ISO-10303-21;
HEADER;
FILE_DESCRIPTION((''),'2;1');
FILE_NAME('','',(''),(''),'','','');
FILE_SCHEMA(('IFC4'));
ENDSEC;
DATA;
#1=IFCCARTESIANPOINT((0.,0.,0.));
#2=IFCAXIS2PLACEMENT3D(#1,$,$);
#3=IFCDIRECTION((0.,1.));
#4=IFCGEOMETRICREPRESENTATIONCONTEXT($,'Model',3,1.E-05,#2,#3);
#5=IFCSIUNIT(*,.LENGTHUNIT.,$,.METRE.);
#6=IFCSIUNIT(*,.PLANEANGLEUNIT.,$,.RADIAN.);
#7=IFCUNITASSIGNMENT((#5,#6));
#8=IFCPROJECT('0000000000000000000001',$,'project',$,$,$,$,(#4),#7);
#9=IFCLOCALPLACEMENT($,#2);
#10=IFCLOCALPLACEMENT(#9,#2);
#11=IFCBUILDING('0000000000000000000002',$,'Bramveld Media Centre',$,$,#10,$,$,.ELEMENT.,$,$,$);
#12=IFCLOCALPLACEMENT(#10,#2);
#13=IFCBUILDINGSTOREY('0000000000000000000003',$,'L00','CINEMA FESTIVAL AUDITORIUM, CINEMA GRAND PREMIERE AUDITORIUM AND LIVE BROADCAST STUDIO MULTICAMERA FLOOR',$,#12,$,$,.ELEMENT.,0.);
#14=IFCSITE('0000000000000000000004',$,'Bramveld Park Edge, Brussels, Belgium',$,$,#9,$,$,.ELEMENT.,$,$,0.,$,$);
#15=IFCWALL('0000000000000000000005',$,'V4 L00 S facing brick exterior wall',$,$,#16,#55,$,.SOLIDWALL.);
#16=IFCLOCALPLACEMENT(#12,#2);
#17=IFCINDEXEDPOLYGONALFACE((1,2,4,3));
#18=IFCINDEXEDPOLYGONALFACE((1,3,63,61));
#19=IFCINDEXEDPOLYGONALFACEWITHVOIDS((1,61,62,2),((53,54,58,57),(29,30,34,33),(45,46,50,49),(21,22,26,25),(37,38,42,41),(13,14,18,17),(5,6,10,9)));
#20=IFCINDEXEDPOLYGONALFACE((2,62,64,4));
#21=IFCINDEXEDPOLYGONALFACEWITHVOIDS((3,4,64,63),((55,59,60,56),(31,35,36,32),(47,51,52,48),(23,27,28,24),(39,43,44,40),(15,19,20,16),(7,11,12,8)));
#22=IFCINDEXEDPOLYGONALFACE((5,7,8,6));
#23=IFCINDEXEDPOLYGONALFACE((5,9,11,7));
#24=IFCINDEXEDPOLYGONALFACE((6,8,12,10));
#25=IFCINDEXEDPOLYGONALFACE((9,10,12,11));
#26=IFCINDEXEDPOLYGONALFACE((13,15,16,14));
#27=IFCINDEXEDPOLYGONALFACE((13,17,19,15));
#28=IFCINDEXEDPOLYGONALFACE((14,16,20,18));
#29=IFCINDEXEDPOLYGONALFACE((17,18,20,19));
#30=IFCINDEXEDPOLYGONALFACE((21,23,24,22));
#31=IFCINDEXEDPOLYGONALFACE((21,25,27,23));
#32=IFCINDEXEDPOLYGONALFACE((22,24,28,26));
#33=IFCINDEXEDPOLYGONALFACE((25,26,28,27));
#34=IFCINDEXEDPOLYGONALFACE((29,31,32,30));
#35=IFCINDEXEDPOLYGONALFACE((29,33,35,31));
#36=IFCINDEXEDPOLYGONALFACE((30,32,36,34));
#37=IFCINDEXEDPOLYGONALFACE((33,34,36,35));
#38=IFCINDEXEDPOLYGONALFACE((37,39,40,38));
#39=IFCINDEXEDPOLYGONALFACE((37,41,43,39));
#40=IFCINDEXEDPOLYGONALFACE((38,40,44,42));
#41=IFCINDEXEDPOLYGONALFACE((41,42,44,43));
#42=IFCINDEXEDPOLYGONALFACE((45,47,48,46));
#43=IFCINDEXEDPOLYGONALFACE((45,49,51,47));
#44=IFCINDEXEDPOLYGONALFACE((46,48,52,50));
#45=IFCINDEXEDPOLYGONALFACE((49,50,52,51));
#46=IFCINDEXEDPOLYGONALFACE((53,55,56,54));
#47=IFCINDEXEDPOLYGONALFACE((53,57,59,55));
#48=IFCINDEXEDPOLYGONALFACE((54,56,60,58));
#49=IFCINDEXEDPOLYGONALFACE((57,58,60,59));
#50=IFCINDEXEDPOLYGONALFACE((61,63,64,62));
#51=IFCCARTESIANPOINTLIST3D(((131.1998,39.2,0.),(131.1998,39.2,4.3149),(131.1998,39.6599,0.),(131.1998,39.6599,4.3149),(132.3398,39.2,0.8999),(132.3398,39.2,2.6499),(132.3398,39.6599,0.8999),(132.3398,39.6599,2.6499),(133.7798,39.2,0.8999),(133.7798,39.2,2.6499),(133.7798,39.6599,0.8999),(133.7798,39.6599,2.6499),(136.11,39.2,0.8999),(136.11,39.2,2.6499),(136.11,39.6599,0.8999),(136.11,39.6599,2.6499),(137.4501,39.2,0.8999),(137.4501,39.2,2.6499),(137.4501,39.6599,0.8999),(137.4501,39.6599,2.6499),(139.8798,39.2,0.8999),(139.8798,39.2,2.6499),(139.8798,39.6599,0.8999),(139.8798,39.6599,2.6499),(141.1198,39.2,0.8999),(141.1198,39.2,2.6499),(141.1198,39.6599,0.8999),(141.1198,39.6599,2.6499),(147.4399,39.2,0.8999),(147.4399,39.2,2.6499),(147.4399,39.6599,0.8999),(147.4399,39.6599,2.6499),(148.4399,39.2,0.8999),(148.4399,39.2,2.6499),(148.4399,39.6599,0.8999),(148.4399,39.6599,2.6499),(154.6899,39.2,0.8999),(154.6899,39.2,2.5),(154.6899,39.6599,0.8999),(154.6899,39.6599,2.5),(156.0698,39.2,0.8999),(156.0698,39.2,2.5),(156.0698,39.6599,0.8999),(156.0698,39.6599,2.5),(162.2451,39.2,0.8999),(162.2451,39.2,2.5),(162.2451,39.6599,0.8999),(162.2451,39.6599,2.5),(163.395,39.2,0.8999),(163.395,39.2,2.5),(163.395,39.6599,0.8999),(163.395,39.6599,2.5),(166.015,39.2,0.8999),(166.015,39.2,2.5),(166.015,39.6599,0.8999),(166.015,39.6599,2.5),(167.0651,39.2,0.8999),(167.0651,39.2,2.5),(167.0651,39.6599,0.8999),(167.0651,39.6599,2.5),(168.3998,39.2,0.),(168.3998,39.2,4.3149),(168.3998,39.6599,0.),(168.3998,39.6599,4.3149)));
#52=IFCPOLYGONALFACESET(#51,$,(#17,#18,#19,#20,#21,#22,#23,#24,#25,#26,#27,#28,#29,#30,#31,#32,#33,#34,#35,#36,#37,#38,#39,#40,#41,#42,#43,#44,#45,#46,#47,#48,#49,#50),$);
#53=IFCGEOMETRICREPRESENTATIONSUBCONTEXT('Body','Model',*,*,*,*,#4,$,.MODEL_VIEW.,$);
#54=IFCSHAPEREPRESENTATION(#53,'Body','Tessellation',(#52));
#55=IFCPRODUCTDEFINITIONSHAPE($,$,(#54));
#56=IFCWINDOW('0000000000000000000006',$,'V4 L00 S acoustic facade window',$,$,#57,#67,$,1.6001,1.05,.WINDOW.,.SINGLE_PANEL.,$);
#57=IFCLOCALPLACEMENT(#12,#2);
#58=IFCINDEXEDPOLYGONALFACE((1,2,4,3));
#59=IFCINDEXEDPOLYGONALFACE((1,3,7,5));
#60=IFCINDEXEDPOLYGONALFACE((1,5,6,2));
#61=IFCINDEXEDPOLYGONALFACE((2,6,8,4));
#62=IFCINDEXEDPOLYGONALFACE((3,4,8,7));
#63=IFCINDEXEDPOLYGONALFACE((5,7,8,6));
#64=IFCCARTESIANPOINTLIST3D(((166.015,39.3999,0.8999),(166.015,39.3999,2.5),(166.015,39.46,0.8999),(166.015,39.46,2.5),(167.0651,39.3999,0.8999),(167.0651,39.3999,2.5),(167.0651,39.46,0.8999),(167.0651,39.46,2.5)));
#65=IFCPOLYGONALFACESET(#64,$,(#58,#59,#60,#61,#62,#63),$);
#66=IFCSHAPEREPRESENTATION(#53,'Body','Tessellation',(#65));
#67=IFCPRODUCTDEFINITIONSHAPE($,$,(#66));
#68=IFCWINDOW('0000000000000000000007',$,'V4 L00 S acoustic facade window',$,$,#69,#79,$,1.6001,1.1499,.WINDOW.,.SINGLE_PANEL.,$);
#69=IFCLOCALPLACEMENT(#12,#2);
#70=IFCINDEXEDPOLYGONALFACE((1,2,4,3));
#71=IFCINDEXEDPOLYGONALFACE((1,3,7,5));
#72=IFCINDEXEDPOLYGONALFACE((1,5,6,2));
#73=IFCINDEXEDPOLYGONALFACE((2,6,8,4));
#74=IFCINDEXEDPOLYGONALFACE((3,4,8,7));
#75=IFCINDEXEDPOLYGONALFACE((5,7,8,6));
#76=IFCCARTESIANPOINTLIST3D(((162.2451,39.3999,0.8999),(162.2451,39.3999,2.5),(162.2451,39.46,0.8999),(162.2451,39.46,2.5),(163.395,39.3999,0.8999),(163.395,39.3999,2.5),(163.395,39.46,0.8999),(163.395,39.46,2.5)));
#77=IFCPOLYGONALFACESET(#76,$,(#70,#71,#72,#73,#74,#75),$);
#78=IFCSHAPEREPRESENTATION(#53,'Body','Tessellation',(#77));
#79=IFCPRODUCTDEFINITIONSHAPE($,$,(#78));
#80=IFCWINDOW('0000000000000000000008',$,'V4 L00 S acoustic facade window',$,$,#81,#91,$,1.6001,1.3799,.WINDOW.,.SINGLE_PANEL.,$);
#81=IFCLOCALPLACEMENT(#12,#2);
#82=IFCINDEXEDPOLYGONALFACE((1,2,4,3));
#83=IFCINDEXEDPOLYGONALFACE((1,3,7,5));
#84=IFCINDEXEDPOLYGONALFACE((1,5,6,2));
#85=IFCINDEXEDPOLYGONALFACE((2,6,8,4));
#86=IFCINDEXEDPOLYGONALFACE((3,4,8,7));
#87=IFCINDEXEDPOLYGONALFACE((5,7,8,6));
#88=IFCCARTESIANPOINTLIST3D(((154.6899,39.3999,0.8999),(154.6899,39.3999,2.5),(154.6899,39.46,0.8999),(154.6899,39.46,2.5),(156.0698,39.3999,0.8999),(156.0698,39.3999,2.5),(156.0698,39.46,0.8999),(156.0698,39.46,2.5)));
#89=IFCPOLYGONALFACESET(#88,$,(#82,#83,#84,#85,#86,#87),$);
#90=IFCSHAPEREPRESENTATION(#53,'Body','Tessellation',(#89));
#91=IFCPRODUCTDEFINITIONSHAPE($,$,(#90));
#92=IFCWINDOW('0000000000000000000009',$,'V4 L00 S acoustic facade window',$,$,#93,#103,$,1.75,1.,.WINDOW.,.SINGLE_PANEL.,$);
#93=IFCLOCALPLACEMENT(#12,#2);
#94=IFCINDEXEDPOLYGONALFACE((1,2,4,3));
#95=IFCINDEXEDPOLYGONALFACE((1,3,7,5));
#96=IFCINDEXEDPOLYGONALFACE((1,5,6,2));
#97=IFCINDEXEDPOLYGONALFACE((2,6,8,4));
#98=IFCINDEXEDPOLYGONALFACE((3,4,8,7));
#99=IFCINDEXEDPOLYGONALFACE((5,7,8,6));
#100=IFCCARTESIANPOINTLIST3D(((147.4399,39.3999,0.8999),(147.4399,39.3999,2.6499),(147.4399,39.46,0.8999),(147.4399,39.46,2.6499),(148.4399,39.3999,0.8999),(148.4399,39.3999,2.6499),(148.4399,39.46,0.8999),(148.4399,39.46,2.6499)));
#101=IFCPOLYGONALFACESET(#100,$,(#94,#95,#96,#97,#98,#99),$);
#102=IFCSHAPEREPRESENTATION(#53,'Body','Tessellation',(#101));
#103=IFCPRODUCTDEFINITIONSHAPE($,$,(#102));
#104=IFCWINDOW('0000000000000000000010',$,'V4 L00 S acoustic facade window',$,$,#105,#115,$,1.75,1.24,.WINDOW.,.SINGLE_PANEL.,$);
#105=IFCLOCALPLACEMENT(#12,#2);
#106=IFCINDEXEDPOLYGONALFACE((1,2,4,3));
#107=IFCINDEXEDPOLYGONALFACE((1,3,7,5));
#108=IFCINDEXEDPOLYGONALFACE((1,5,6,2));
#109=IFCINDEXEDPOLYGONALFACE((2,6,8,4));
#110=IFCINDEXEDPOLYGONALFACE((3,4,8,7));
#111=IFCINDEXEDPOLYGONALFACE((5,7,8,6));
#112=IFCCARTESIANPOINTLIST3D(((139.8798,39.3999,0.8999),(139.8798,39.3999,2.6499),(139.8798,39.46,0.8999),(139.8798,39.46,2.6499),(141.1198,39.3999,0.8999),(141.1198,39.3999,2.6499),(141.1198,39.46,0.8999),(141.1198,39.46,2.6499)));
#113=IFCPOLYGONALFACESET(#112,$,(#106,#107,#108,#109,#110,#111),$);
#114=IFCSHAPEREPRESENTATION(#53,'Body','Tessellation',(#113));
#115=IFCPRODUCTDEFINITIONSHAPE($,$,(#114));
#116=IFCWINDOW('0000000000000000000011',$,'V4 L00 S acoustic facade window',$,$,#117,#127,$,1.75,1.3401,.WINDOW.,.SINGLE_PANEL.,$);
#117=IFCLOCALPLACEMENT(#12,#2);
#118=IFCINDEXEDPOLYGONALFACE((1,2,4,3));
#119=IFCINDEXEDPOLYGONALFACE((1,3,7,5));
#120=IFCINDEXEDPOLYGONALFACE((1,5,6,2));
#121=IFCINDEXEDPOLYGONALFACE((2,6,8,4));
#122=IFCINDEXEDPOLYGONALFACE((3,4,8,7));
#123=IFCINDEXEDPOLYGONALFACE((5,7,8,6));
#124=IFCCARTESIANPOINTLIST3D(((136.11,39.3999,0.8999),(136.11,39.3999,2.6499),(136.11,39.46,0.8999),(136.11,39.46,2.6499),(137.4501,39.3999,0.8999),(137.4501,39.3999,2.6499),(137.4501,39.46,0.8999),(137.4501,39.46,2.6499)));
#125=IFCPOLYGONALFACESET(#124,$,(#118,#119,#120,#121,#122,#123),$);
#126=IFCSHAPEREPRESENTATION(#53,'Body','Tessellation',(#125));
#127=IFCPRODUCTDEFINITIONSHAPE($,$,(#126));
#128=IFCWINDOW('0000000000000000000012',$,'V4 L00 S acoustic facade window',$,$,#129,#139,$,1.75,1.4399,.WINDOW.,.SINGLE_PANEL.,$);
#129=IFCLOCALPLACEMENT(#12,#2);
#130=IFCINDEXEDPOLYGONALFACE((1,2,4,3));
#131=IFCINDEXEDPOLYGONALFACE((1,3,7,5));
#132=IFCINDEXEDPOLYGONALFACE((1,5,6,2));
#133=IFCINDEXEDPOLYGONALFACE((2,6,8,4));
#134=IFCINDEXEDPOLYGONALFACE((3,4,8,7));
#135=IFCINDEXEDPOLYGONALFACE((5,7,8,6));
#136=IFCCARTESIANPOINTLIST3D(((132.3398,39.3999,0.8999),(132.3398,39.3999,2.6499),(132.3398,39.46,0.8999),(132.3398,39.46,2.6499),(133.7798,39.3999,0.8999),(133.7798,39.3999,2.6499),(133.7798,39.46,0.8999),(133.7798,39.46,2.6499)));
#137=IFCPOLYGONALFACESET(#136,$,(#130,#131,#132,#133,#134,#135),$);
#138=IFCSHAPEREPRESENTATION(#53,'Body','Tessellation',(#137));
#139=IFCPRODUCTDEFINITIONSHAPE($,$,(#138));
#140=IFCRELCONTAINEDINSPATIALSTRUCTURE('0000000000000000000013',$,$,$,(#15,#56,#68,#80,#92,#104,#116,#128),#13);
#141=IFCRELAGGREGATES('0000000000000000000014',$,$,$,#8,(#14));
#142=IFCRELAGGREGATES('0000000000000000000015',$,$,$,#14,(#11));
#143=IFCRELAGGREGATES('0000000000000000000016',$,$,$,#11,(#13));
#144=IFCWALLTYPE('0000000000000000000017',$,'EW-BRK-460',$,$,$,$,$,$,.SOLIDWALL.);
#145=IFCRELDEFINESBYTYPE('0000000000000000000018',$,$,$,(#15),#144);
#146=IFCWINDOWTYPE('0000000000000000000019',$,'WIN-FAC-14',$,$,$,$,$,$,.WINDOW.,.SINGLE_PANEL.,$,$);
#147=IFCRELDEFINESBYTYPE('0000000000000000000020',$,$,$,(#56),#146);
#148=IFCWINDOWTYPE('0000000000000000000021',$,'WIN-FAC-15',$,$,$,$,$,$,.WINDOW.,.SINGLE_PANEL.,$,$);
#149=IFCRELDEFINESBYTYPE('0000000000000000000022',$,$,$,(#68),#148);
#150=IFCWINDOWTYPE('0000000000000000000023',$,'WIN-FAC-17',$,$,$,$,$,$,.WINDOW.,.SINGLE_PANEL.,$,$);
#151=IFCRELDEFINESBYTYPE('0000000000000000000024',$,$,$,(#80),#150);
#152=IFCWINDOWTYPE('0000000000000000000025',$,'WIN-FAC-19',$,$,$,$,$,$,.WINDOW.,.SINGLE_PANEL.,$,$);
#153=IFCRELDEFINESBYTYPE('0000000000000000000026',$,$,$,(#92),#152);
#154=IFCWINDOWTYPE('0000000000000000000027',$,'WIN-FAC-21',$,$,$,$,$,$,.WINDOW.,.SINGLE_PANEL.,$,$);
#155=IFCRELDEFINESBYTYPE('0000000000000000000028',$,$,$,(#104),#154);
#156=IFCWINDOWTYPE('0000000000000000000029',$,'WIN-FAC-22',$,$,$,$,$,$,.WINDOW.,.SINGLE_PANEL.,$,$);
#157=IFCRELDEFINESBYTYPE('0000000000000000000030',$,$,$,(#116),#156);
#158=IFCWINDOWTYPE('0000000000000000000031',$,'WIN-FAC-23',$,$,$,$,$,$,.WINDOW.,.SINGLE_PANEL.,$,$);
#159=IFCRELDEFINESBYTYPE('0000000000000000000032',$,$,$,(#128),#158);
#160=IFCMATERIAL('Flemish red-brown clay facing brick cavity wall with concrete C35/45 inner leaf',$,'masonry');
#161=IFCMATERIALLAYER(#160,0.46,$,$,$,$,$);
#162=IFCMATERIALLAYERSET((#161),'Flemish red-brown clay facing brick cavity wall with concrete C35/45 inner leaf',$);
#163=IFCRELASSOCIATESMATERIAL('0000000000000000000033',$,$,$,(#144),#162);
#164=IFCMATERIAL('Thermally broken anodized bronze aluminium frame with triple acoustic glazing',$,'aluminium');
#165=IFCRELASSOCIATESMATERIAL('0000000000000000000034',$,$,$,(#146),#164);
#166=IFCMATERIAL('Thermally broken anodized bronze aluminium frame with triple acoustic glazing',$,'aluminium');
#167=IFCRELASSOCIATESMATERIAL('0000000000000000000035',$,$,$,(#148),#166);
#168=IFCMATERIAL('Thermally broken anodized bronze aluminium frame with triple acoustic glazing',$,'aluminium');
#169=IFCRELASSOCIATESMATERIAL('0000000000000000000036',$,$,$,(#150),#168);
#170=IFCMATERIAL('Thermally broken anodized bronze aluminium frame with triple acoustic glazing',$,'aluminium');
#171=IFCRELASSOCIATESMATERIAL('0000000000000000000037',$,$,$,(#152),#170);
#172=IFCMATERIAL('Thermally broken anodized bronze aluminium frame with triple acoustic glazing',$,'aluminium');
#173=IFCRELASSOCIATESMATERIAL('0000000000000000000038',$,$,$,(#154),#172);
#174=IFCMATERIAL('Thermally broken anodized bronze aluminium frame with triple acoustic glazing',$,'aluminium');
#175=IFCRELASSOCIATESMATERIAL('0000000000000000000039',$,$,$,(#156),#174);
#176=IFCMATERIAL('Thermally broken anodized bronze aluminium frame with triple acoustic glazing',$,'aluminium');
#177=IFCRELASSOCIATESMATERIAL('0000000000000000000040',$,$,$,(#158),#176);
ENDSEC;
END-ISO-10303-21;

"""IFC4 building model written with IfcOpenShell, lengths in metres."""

from ifc_helpers import new_model, si_unit, direction, frame, frame_2d, origin, place, context, subcontext, project, spatial, rectangle, extrude, material, layer, layer_set, type_object, element, fill, save


model = new_model("IFC4")

# Units and contexts
model_context = context("Model", 3, precision=1e-05, world=origin(), true_north=direction((0.0, 1.0)))
body_context = subcontext(model_context, "Body", "Model", "MODEL_VIEW")
ifc_project = project(units=[si_unit("LENGTHUNIT", "METRE"), si_unit("PLANEANGLEUNIT", "RADIAN")], contexts=[model_context])

# Site, building, storey
site_placement = place(None, origin())
site = spatial("IfcSite", under=ifc_project, at=site_placement, Name="Bramveld Park Edge, Brussels, Belgium", CompositionType="ELEMENT", RefElevation=0.0)
building_placement = place(site_placement, origin())
building = spatial("IfcBuilding", under=site, at=building_placement, Name="Bramveld Media Centre", CompositionType="ELEMENT")
storey_placement = place(building_placement, origin())
storey = spatial("IfcBuildingStorey", under=building, at=storey_placement, Name="L00", Description="CINEMA FESTIVAL AUDITORIUM, CINEMA GRAND PREMIERE AUDITORIUM AND LIVE BROADCAST STUDIO MULTICAMERA FLOOR", CompositionType="ELEMENT", Elevation=0.0)

# Wall, openings, windows
ifc_material_1 = material(Name="Flemish red-brown clay facing brick cavity wall with concrete C35/45 inner leaf", Category="masonry")
ifc_layer = layer(ifc_material_1, 0.46)
ifc_layer_set = layer_set([ifc_layer], Name="Flemish red-brown clay facing brick cavity wall with concrete C35/45 inner leaf")
wall_type = type_object("IfcWallType", Name="EW-BRK-460", PredefinedType="SOLIDWALL", material=ifc_layer_set)
wall_placement = place(storey_placement, frame((168.3999, 39.4299, 0.0), z_axis=(0.0, 0.0, 1.0), x_axis=(-1.0, 0.0, 0.0)))
wall = element("IfcWall", 1, at=wall_placement, inside=storey, type_object=wall_type, Name="V4 L00 S facing brick exterior wall", PredefinedType="SOLIDWALL", context=body_context, shape_type="SweptSolid", body=[
    extrude(rectangle(XDim=37.2, YDim=0.46, at=frame_2d((18.6001, 0.0))), origin(), (0.0, 0.0, 1.0), 4.3149),
])
opening_1_placement = place(wall_placement, frame((1.335, 0.0, 0.8999)))
opening_1 = element("IfcOpeningElement", 2, at=opening_1_placement, cuts=wall, PredefinedType="OPENING", context=body_context, shape_type="SweptSolid", body=[
    extrude(rectangle(XDim=1.05, YDim=1.6001, at=frame_2d((0.5249, 0.8))), frame((0.0, 0.2419, 0.0), z_axis=(0.0, -1.0, 0.0), x_axis=(1.0, 0.0, 0.0)), (0.0, 0.0, 1.0), 0.4839),
])
opening_2_placement = place(wall_placement, frame((5.0049, 0.0, 0.8999)))
opening_2 = element("IfcOpeningElement", 3, at=opening_2_placement, cuts=wall, PredefinedType="OPENING", context=body_context, shape_type="SweptSolid", body=[
    extrude(rectangle(XDim=1.1499, YDim=1.6001, at=frame_2d((0.575, 0.8))), frame((0.0, 0.2419, 0.0), z_axis=(0.0, -1.0, 0.0), x_axis=(1.0, 0.0, 0.0)), (0.0, 0.0, 1.0), 0.4839),
])
opening_3_placement = place(wall_placement, frame((12.3301, 0.0, 0.8999)))
opening_3 = element("IfcOpeningElement", 4, at=opening_3_placement, cuts=wall, PredefinedType="OPENING", context=body_context, shape_type="SweptSolid", body=[
    extrude(rectangle(XDim=1.3799, YDim=1.6001, at=frame_2d((0.6899, 0.8))), frame((0.0, 0.2419, 0.0), z_axis=(0.0, -1.0, 0.0), x_axis=(1.0, 0.0, 0.0)), (0.0, 0.0, 1.0), 0.4839),
])
opening_4_placement = place(wall_placement, frame((19.96, 0.0, 0.8999)))
opening_4 = element("IfcOpeningElement", 5, at=opening_4_placement, cuts=wall, PredefinedType="OPENING", context=body_context, shape_type="SweptSolid", body=[
    extrude(rectangle(XDim=1.0, YDim=1.75, at=frame_2d((0.5, 0.875))), frame((0.0, 0.2419, 0.0), z_axis=(0.0, -1.0, 0.0), x_axis=(1.0, 0.0, 0.0)), (0.0, 0.0, 1.0), 0.4839),
])
opening_5_placement = place(wall_placement, frame((27.28, 0.0, 0.8999)))
opening_5 = element("IfcOpeningElement", 6, at=opening_5_placement, cuts=wall, PredefinedType="OPENING", context=body_context, shape_type="SweptSolid", body=[
    extrude(rectangle(XDim=1.24, YDim=1.75, at=frame_2d((0.6201, 0.875))), frame((0.0, 0.2419, 0.0), z_axis=(0.0, -1.0, 0.0), x_axis=(1.0, 0.0, 0.0)), (0.0, 0.0, 1.0), 0.4839),
])
opening_6_placement = place(wall_placement, frame((30.95, 0.0, 0.8999)))
opening_6 = element("IfcOpeningElement", 7, at=opening_6_placement, cuts=wall, PredefinedType="OPENING", context=body_context, shape_type="SweptSolid", body=[
    extrude(rectangle(XDim=1.3401, YDim=1.75, at=frame_2d((0.6699, 0.875))), frame((0.0, 0.2419, 0.0), z_axis=(0.0, -1.0, 0.0), x_axis=(1.0, 0.0, 0.0)), (0.0, 0.0, 1.0), 0.4839),
])
opening_7_placement = place(wall_placement, frame((34.6201, 0.0, 0.8999)))
opening_7 = element("IfcOpeningElement", 8, at=opening_7_placement, cuts=wall, PredefinedType="OPENING", context=body_context, shape_type="SweptSolid", body=[
    extrude(rectangle(XDim=1.4399, YDim=1.75, at=frame_2d((0.72, 0.875))), frame((0.0, 0.2419, 0.0), z_axis=(0.0, -1.0, 0.0), x_axis=(1.0, 0.0, 0.0)), (0.0, 0.0, 1.0), 0.4839),
])
ifc_material_2 = material(Name="Thermally broken anodized bronze aluminium frame with triple acoustic glazing", Category="aluminium")
window_type_1 = type_object("IfcWindowType", Name="WIN-FAC-14", PartitioningType="SINGLE_PANEL", PredefinedType="WINDOW", material=ifc_material_2)
window_1_placement = place(opening_1_placement, origin())
window_1 = element("IfcWindow", 9, at=window_1_placement, inside=storey, type_object=window_type_1, Name="V4 L00 S acoustic facade window", OverallHeight=1.6001, OverallWidth=1.05, PartitioningType="SINGLE_PANEL", PredefinedType="WINDOW", context=body_context, shape_type="SweptSolid", body=[
    extrude(rectangle(XDim=1.05, YDim=1.6001, at=frame_2d((0.5249, 0.8))), frame((0.0, 0.03, 0.0), z_axis=(0.0, -1.0, 0.0), x_axis=(1.0, 0.0, 0.0)), (0.0, 0.0, 1.0), 0.0601),
])
fill(opening_1, window_1)
ifc_material_3 = material(Name="Thermally broken anodized bronze aluminium frame with triple acoustic glazing", Category="aluminium")
window_type_2 = type_object("IfcWindowType", Name="WIN-FAC-15", PartitioningType="SINGLE_PANEL", PredefinedType="WINDOW", material=ifc_material_3)
window_2_placement = place(opening_2_placement, origin())
window_2 = element("IfcWindow", 10, at=window_2_placement, inside=storey, type_object=window_type_2, Name="V4 L00 S acoustic facade window", OverallHeight=1.6001, OverallWidth=1.1499, PartitioningType="SINGLE_PANEL", PredefinedType="WINDOW", context=body_context, shape_type="SweptSolid", body=[
    extrude(rectangle(XDim=1.1499, YDim=1.6001, at=frame_2d((0.575, 0.8))), frame((0.0, 0.03, 0.0), z_axis=(0.0, -1.0, 0.0), x_axis=(1.0, 0.0, 0.0)), (0.0, 0.0, 1.0), 0.0601),
])
fill(opening_2, window_2)
ifc_material_4 = material(Name="Thermally broken anodized bronze aluminium frame with triple acoustic glazing", Category="aluminium")
window_type_3 = type_object("IfcWindowType", Name="WIN-FAC-17", PartitioningType="SINGLE_PANEL", PredefinedType="WINDOW", material=ifc_material_4)
window_3_placement = place(opening_3_placement, origin())
window_3 = element("IfcWindow", 11, at=window_3_placement, inside=storey, type_object=window_type_3, Name="V4 L00 S acoustic facade window", OverallHeight=1.6001, OverallWidth=1.3799, PartitioningType="SINGLE_PANEL", PredefinedType="WINDOW", context=body_context, shape_type="SweptSolid", body=[
    extrude(rectangle(XDim=1.3799, YDim=1.6001, at=frame_2d((0.6899, 0.8))), frame((0.0, 0.03, 0.0), z_axis=(0.0, -1.0, 0.0), x_axis=(1.0, 0.0, 0.0)), (0.0, 0.0, 1.0), 0.0601),
])
fill(opening_3, window_3)
ifc_material_5 = material(Name="Thermally broken anodized bronze aluminium frame with triple acoustic glazing", Category="aluminium")
window_type_4 = type_object("IfcWindowType", Name="WIN-FAC-19", PartitioningType="SINGLE_PANEL", PredefinedType="WINDOW", material=ifc_material_5)
window_4_placement = place(opening_4_placement, origin())
window_4 = element("IfcWindow", 12, at=window_4_placement, inside=storey, type_object=window_type_4, Name="V4 L00 S acoustic facade window", OverallHeight=1.75, OverallWidth=1.0, PartitioningType="SINGLE_PANEL", PredefinedType="WINDOW", context=body_context, shape_type="SweptSolid", body=[
    extrude(rectangle(XDim=1.0, YDim=1.75, at=frame_2d((0.5, 0.875))), frame((0.0, 0.03, 0.0), z_axis=(0.0, -1.0, 0.0), x_axis=(1.0, 0.0, 0.0)), (0.0, 0.0, 1.0), 0.0601),
])
fill(opening_4, window_4)
ifc_material_6 = material(Name="Thermally broken anodized bronze aluminium frame with triple acoustic glazing", Category="aluminium")
window_type_5 = type_object("IfcWindowType", Name="WIN-FAC-21", PartitioningType="SINGLE_PANEL", PredefinedType="WINDOW", material=ifc_material_6)
window_5_placement = place(opening_5_placement, origin())
window_5 = element("IfcWindow", 13, at=window_5_placement, inside=storey, type_object=window_type_5, Name="V4 L00 S acoustic facade window", OverallHeight=1.75, OverallWidth=1.24, PartitioningType="SINGLE_PANEL", PredefinedType="WINDOW", context=body_context, shape_type="SweptSolid", body=[
    extrude(rectangle(XDim=1.24, YDim=1.75, at=frame_2d((0.6201, 0.875))), frame((0.0, 0.03, 0.0), z_axis=(0.0, -1.0, 0.0), x_axis=(1.0, 0.0, 0.0)), (0.0, 0.0, 1.0), 0.0601),
])
fill(opening_5, window_5)
ifc_material_7 = material(Name="Thermally broken anodized bronze aluminium frame with triple acoustic glazing", Category="aluminium")
window_type_6 = type_object("IfcWindowType", Name="WIN-FAC-22", PartitioningType="SINGLE_PANEL", PredefinedType="WINDOW", material=ifc_material_7)
window_6_placement = place(opening_6_placement, origin())
window_6 = element("IfcWindow", 14, at=window_6_placement, inside=storey, type_object=window_type_6, Name="V4 L00 S acoustic facade window", OverallHeight=1.75, OverallWidth=1.3401, PartitioningType="SINGLE_PANEL", PredefinedType="WINDOW", context=body_context, shape_type="SweptSolid", body=[
    extrude(rectangle(XDim=1.3401, YDim=1.75, at=frame_2d((0.6699, 0.875))), frame((0.0, 0.03, 0.0), z_axis=(0.0, -1.0, 0.0), x_axis=(1.0, 0.0, 0.0)), (0.0, 0.0, 1.0), 0.0601),
])
fill(opening_6, window_6)
ifc_material_8 = material(Name="Thermally broken anodized bronze aluminium frame with triple acoustic glazing", Category="aluminium")
window_type_7 = type_object("IfcWindowType", Name="WIN-FAC-23", PartitioningType="SINGLE_PANEL", PredefinedType="WINDOW", material=ifc_material_8)
window_7_placement = place(opening_7_placement, origin())
window_7 = element("IfcWindow", 15, at=window_7_placement, inside=storey, type_object=window_type_7, Name="V4 L00 S acoustic facade window", OverallHeight=1.75, OverallWidth=1.4399, PartitioningType="SINGLE_PANEL", PredefinedType="WINDOW", context=body_context, shape_type="SweptSolid", body=[
    extrude(rectangle(XDim=1.4399, YDim=1.75, at=frame_2d((0.72, 0.875))), frame((0.0, 0.03, 0.0), z_axis=(0.0, -1.0, 0.0), x_axis=(1.0, 0.0, 0.0)), (0.0, 0.0, 1.0), 0.0601),
])
fill(opening_7, window_7)

save(model, "model.ifc")
